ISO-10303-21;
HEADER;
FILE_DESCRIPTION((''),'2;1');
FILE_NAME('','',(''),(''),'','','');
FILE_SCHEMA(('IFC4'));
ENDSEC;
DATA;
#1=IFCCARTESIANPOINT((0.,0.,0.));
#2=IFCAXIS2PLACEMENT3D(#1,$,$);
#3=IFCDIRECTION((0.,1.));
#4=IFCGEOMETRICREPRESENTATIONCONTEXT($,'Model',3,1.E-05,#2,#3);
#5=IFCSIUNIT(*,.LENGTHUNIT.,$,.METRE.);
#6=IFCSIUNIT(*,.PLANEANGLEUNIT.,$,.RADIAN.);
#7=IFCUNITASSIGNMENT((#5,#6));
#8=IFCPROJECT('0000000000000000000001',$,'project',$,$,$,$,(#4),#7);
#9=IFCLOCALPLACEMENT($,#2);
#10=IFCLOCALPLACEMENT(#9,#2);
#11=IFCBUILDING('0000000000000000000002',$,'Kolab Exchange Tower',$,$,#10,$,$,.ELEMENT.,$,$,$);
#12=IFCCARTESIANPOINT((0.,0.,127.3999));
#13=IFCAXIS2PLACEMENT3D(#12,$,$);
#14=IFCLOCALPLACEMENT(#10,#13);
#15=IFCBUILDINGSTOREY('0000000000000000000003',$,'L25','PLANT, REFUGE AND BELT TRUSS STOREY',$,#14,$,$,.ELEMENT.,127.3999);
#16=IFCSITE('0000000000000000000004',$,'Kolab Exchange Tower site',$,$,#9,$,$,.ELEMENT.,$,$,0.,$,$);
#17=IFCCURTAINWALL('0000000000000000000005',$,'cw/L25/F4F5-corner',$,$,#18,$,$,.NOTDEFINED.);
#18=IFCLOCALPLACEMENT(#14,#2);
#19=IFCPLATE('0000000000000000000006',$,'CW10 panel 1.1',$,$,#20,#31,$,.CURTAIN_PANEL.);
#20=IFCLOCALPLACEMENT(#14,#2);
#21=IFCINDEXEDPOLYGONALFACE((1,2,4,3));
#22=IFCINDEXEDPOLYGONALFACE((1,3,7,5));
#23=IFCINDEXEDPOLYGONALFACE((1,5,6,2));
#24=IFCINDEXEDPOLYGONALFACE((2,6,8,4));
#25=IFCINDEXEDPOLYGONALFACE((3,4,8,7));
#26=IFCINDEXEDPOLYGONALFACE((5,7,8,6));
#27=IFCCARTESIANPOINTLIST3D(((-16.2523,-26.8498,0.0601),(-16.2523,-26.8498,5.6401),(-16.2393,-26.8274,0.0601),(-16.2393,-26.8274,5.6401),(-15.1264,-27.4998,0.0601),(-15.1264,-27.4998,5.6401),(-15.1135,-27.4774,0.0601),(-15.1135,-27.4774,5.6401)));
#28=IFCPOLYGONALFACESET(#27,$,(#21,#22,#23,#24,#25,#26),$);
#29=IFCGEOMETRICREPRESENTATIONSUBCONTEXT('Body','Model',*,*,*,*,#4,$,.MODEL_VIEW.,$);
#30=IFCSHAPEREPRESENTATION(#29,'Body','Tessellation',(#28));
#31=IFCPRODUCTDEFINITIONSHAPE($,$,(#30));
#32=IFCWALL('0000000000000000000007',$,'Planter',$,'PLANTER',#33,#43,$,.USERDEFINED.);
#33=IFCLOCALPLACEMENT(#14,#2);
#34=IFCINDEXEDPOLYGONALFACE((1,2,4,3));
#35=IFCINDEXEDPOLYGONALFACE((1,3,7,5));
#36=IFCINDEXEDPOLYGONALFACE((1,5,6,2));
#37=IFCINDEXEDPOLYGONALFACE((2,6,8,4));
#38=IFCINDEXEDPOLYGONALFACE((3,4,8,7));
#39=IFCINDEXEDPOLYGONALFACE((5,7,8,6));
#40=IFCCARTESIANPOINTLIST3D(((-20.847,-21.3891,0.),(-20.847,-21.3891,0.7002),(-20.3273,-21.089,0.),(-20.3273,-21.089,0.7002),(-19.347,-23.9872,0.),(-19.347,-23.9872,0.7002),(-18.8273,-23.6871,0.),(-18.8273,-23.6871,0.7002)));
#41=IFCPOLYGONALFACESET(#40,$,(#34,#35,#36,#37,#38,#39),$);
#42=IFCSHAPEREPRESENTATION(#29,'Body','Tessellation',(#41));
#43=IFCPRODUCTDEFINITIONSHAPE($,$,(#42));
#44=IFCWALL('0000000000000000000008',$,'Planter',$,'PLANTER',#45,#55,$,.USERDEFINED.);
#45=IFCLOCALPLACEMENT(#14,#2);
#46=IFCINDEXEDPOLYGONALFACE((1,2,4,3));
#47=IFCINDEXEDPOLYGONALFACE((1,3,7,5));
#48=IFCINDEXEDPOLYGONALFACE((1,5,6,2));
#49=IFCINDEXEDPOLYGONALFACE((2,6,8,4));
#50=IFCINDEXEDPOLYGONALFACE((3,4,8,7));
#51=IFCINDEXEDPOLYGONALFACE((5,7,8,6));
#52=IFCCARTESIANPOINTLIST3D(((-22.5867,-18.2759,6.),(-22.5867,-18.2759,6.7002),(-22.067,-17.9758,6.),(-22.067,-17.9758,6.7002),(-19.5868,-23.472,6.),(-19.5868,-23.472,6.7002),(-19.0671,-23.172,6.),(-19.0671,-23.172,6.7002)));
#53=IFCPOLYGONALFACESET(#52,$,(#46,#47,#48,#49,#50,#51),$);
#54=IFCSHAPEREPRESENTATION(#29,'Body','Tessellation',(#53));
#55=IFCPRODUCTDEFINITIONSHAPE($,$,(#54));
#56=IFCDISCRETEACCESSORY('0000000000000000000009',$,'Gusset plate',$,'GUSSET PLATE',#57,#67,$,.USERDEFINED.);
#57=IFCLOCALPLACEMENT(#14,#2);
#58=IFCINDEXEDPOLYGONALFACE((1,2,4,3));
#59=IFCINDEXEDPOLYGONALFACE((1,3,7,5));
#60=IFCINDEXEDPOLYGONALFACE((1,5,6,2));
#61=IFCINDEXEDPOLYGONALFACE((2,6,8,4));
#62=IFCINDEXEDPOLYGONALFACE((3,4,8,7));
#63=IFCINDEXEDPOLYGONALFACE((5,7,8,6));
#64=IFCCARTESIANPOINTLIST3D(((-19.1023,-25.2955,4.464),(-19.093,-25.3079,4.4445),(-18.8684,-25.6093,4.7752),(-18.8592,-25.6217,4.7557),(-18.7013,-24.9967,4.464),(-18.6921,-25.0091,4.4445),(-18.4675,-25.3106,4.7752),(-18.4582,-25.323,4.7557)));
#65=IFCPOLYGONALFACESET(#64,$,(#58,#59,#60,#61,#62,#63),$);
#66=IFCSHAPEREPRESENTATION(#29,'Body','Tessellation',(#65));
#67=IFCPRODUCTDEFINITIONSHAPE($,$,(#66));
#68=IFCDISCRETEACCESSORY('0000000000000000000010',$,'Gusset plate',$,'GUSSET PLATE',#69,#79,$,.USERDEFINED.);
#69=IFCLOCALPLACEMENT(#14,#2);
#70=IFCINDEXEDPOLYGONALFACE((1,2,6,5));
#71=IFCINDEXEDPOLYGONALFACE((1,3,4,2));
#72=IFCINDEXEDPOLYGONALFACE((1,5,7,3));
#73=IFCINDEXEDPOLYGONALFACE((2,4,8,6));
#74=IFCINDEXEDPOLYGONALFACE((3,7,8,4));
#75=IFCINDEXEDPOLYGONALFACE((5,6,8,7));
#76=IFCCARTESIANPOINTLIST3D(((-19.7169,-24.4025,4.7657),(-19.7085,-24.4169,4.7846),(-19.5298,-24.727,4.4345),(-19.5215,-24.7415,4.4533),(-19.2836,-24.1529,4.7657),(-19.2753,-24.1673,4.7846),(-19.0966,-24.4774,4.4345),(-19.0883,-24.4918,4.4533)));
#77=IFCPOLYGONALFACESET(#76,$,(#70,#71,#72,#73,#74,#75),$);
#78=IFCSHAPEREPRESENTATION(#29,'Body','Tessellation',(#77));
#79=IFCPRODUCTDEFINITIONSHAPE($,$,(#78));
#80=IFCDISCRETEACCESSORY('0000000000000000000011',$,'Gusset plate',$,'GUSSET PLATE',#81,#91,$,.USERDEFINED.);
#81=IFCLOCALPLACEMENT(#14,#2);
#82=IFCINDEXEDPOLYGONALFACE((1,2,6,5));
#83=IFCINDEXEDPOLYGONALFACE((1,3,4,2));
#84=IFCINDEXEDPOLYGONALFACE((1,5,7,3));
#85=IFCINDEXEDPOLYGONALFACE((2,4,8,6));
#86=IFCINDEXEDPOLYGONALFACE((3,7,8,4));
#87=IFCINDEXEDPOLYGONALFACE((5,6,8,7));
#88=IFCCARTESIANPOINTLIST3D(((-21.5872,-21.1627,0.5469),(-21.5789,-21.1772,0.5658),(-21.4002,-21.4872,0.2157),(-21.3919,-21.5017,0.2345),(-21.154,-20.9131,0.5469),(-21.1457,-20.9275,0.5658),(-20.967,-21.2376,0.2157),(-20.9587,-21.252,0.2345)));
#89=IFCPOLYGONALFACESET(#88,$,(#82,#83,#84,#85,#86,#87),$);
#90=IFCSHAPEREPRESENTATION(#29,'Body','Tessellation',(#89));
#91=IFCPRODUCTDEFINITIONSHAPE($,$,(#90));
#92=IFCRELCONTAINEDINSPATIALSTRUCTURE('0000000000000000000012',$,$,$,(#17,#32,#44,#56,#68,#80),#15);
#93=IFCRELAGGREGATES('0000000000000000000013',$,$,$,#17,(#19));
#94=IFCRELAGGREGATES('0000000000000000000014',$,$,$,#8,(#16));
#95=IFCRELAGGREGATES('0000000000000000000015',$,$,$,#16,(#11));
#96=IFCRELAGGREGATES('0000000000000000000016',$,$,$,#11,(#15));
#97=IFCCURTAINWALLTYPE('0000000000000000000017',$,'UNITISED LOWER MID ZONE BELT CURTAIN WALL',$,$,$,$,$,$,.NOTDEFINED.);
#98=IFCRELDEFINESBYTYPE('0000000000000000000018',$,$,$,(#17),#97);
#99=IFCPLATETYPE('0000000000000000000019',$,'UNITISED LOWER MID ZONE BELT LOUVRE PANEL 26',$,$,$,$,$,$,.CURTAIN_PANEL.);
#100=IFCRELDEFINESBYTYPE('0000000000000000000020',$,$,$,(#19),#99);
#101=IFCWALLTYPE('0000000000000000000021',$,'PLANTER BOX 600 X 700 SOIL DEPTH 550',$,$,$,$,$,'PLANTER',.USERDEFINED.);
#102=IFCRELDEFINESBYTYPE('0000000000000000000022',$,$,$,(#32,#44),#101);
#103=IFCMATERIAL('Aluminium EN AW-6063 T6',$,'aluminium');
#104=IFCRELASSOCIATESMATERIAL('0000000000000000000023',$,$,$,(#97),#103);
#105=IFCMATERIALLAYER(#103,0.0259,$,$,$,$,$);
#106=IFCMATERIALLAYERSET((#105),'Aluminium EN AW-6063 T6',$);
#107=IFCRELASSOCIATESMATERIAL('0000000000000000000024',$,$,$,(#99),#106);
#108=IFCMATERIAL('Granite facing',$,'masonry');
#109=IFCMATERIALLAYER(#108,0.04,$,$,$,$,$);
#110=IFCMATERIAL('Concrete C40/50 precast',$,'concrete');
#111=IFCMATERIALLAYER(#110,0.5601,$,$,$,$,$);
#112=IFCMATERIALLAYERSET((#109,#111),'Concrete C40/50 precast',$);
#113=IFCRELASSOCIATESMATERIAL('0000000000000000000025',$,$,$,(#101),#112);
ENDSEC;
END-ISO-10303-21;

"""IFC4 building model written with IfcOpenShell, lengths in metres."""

from ifc_helpers import new_model, si_unit, direction, frame, frame_2d, origin, origin_2d, place, context, subcontext, project, spatial, rectangle, extrude, material, layer, layer_set, type_object, element, aggregate, save


model = new_model("IFC4")

# Units and contexts
model_context = context("Model", 3, precision=1e-05, world=origin(), true_north=direction((0.0, 1.0)))
body_context = subcontext(model_context, "Body", "Model", "MODEL_VIEW")
ifc_project = project(units=[si_unit("LENGTHUNIT", "METRE"), si_unit("PLANEANGLEUNIT", "RADIAN")], contexts=[model_context])

# Site, building, storey
site_placement = place(None, origin())
site = spatial("IfcSite", under=ifc_project, at=site_placement, Name="Kolab Exchange Tower site", CompositionType="ELEMENT", RefElevation=0.0)
building_placement = place(site_placement, origin())
building = spatial("IfcBuilding", under=site, at=building_placement, Name="Kolab Exchange Tower", CompositionType="ELEMENT")
storey_placement = place(building_placement, frame((0.0, 0.0, 127.3999)))
storey = spatial("IfcBuildingStorey", under=building, at=storey_placement, Name="L25", Description="PLANT, REFUGE AND BELT TRUSS STOREY", CompositionType="ELEMENT", Elevation=127.3999)

# Shared definitions
ifc_material_1 = material(Name="Aluminium EN AW-6063 T6", Category="aluminium")
curtain_wall_type = type_object("IfcCurtainWallType", Name="UNITISED LOWER MID ZONE BELT CURTAIN WALL", PredefinedType="NOTDEFINED", material=ifc_material_1)

# Curtain wall
curtain_wall_1_placement = place(storey_placement, origin())
curtain_wall_1 = element("IfcCurtainWall", 1, at=curtain_wall_1_placement, inside=storey, type_object=curtain_wall_type, Name="cw/L25/F4F5-corner", PredefinedType="NOTDEFINED")

# Plate
ifc_layer_1 = layer(ifc_material_1, 0.0259)
ifc_layer_set_1 = layer_set([ifc_layer_1], Name="Aluminium EN AW-6063 T6")
plate_type = type_object("IfcPlateType", Name="UNITISED LOWER MID ZONE BELT LOUVRE PANEL 26", PredefinedType="CURTAIN_PANEL", material=ifc_layer_set_1)
plate_1_placement = place(storey_placement, frame((-15.6829, -27.1636, 0.0601), z_axis=(0.0, 0.0, 1.0), x_axis=(-0.866025, 0.5, 0.0)))
plate_1 = element("IfcPlate", 2, at=plate_1_placement, type_object=plate_type, Name="CW10 panel 1.1", PredefinedType="CURTAIN_PANEL", context=body_context, shape_type="SweptSolid", body=[
    extrude(rectangle(XDim=1.3, YDim=0.0259, at=origin_2d()), origin(), (0.0, 0.0, 1.0), 5.5801),
])
aggregate(curtain_wall_1, [plate_1])

# Walls
ifc_material_2 = material(Name="Granite facing", Category="masonry")
ifc_layer_2 = layer(ifc_material_2, 0.04)
ifc_material_3 = material(Name="Concrete C40/50 precast", Category="concrete")
ifc_layer_3 = layer(ifc_material_3, 0.5601)
ifc_layer_set_2 = layer_set([ifc_layer_2, ifc_layer_3], Name="Concrete C40/50 precast")
wall_type = type_object("IfcWallType", Name="PLANTER BOX 600 X 700 SOIL DEPTH 550", ElementType="PLANTER", PredefinedType="USERDEFINED", material=ifc_layer_set_2)
wall_1_placement = place(storey_placement, frame((-19.0872, -23.8372, 0.0), z_axis=(0.0, 0.0, 1.0), x_axis=(-0.49999, 0.866031, 0.0)))
element("IfcWall", 3, at=wall_1_placement, inside=storey, type_object=wall_type, Name="Planter", ObjectType="PLANTER", PredefinedType="USERDEFINED", context=body_context, shape_type="SweptSolid", body=[
    extrude(rectangle(XDim=3.0, YDim=0.6001, at=frame_2d((1.5, 0.0))), origin(), (0.0, 0.0, 1.0), 0.7002),
])
wall_2_placement = place(storey_placement, frame((-19.3269, -23.322, 6.0), z_axis=(0.0, 0.0, 1.0), x_axis=(-0.49999, 0.866031, 0.0)))
element("IfcWall", 4, at=wall_2_placement, inside=storey, type_object=wall_type, Name="Planter", ObjectType="PLANTER", PredefinedType="USERDEFINED", context=body_context, shape_type="SweptSolid", body=[
    extrude(rectangle(XDim=6.0, YDim=0.6001, at=frame_2d((3.0, 0.0))), origin(), (0.0, 0.0, 1.0), 0.7002),
])

# Discrete accessories
discrete_accessory_placement = place(storey_placement, frame((-18.7756, -25.3154, 4.6001), z_axis=(-0.371817, 0.499018, 0.782773), x_axis=(-0.801883, -0.597481, 0.0)))
element("IfcDiscreteAccessory", 5, at=discrete_accessory_placement, inside=storey, Name="Gusset plate", ObjectType="GUSSET PLATE", PredefinedType="USERDEFINED", context=body_context, shape_type="SweptSolid", body=[
    extrude(rectangle(XDim=0.5, YDim=0.5, at=origin_2d()), origin(), (0.0, 0.0, 1.0), 0.0249),
])
for number, where, z_axis, x_axis, name in (
    (6, (-19.4067, -24.4399, 4.6001), (0.330768, -0.57398, 0.749092), (0.86643, 0.499299, 0.0), "Gusset plate"),
    (7, (-21.2688, -21.2146, 0.4001), (-0.330768, 0.57398, -0.749092), (-0.86643, -0.499299, 0.0), "Gusset plate"),
):
    element("IfcDiscreteAccessory", number, at=place(storey_placement, frame(where, z_axis=z_axis, x_axis=x_axis)), inside=storey, Name=name, ObjectType="GUSSET PLATE", PredefinedType="USERDEFINED", context=body_context, shape_type="SweptSolid", body=[
        extrude(rectangle(XDim=0.5, YDim=0.5, at=origin_2d()), origin(), (0.0, 0.0, 1.0), 0.0251),
    ])

save(model, "model.ifc")
